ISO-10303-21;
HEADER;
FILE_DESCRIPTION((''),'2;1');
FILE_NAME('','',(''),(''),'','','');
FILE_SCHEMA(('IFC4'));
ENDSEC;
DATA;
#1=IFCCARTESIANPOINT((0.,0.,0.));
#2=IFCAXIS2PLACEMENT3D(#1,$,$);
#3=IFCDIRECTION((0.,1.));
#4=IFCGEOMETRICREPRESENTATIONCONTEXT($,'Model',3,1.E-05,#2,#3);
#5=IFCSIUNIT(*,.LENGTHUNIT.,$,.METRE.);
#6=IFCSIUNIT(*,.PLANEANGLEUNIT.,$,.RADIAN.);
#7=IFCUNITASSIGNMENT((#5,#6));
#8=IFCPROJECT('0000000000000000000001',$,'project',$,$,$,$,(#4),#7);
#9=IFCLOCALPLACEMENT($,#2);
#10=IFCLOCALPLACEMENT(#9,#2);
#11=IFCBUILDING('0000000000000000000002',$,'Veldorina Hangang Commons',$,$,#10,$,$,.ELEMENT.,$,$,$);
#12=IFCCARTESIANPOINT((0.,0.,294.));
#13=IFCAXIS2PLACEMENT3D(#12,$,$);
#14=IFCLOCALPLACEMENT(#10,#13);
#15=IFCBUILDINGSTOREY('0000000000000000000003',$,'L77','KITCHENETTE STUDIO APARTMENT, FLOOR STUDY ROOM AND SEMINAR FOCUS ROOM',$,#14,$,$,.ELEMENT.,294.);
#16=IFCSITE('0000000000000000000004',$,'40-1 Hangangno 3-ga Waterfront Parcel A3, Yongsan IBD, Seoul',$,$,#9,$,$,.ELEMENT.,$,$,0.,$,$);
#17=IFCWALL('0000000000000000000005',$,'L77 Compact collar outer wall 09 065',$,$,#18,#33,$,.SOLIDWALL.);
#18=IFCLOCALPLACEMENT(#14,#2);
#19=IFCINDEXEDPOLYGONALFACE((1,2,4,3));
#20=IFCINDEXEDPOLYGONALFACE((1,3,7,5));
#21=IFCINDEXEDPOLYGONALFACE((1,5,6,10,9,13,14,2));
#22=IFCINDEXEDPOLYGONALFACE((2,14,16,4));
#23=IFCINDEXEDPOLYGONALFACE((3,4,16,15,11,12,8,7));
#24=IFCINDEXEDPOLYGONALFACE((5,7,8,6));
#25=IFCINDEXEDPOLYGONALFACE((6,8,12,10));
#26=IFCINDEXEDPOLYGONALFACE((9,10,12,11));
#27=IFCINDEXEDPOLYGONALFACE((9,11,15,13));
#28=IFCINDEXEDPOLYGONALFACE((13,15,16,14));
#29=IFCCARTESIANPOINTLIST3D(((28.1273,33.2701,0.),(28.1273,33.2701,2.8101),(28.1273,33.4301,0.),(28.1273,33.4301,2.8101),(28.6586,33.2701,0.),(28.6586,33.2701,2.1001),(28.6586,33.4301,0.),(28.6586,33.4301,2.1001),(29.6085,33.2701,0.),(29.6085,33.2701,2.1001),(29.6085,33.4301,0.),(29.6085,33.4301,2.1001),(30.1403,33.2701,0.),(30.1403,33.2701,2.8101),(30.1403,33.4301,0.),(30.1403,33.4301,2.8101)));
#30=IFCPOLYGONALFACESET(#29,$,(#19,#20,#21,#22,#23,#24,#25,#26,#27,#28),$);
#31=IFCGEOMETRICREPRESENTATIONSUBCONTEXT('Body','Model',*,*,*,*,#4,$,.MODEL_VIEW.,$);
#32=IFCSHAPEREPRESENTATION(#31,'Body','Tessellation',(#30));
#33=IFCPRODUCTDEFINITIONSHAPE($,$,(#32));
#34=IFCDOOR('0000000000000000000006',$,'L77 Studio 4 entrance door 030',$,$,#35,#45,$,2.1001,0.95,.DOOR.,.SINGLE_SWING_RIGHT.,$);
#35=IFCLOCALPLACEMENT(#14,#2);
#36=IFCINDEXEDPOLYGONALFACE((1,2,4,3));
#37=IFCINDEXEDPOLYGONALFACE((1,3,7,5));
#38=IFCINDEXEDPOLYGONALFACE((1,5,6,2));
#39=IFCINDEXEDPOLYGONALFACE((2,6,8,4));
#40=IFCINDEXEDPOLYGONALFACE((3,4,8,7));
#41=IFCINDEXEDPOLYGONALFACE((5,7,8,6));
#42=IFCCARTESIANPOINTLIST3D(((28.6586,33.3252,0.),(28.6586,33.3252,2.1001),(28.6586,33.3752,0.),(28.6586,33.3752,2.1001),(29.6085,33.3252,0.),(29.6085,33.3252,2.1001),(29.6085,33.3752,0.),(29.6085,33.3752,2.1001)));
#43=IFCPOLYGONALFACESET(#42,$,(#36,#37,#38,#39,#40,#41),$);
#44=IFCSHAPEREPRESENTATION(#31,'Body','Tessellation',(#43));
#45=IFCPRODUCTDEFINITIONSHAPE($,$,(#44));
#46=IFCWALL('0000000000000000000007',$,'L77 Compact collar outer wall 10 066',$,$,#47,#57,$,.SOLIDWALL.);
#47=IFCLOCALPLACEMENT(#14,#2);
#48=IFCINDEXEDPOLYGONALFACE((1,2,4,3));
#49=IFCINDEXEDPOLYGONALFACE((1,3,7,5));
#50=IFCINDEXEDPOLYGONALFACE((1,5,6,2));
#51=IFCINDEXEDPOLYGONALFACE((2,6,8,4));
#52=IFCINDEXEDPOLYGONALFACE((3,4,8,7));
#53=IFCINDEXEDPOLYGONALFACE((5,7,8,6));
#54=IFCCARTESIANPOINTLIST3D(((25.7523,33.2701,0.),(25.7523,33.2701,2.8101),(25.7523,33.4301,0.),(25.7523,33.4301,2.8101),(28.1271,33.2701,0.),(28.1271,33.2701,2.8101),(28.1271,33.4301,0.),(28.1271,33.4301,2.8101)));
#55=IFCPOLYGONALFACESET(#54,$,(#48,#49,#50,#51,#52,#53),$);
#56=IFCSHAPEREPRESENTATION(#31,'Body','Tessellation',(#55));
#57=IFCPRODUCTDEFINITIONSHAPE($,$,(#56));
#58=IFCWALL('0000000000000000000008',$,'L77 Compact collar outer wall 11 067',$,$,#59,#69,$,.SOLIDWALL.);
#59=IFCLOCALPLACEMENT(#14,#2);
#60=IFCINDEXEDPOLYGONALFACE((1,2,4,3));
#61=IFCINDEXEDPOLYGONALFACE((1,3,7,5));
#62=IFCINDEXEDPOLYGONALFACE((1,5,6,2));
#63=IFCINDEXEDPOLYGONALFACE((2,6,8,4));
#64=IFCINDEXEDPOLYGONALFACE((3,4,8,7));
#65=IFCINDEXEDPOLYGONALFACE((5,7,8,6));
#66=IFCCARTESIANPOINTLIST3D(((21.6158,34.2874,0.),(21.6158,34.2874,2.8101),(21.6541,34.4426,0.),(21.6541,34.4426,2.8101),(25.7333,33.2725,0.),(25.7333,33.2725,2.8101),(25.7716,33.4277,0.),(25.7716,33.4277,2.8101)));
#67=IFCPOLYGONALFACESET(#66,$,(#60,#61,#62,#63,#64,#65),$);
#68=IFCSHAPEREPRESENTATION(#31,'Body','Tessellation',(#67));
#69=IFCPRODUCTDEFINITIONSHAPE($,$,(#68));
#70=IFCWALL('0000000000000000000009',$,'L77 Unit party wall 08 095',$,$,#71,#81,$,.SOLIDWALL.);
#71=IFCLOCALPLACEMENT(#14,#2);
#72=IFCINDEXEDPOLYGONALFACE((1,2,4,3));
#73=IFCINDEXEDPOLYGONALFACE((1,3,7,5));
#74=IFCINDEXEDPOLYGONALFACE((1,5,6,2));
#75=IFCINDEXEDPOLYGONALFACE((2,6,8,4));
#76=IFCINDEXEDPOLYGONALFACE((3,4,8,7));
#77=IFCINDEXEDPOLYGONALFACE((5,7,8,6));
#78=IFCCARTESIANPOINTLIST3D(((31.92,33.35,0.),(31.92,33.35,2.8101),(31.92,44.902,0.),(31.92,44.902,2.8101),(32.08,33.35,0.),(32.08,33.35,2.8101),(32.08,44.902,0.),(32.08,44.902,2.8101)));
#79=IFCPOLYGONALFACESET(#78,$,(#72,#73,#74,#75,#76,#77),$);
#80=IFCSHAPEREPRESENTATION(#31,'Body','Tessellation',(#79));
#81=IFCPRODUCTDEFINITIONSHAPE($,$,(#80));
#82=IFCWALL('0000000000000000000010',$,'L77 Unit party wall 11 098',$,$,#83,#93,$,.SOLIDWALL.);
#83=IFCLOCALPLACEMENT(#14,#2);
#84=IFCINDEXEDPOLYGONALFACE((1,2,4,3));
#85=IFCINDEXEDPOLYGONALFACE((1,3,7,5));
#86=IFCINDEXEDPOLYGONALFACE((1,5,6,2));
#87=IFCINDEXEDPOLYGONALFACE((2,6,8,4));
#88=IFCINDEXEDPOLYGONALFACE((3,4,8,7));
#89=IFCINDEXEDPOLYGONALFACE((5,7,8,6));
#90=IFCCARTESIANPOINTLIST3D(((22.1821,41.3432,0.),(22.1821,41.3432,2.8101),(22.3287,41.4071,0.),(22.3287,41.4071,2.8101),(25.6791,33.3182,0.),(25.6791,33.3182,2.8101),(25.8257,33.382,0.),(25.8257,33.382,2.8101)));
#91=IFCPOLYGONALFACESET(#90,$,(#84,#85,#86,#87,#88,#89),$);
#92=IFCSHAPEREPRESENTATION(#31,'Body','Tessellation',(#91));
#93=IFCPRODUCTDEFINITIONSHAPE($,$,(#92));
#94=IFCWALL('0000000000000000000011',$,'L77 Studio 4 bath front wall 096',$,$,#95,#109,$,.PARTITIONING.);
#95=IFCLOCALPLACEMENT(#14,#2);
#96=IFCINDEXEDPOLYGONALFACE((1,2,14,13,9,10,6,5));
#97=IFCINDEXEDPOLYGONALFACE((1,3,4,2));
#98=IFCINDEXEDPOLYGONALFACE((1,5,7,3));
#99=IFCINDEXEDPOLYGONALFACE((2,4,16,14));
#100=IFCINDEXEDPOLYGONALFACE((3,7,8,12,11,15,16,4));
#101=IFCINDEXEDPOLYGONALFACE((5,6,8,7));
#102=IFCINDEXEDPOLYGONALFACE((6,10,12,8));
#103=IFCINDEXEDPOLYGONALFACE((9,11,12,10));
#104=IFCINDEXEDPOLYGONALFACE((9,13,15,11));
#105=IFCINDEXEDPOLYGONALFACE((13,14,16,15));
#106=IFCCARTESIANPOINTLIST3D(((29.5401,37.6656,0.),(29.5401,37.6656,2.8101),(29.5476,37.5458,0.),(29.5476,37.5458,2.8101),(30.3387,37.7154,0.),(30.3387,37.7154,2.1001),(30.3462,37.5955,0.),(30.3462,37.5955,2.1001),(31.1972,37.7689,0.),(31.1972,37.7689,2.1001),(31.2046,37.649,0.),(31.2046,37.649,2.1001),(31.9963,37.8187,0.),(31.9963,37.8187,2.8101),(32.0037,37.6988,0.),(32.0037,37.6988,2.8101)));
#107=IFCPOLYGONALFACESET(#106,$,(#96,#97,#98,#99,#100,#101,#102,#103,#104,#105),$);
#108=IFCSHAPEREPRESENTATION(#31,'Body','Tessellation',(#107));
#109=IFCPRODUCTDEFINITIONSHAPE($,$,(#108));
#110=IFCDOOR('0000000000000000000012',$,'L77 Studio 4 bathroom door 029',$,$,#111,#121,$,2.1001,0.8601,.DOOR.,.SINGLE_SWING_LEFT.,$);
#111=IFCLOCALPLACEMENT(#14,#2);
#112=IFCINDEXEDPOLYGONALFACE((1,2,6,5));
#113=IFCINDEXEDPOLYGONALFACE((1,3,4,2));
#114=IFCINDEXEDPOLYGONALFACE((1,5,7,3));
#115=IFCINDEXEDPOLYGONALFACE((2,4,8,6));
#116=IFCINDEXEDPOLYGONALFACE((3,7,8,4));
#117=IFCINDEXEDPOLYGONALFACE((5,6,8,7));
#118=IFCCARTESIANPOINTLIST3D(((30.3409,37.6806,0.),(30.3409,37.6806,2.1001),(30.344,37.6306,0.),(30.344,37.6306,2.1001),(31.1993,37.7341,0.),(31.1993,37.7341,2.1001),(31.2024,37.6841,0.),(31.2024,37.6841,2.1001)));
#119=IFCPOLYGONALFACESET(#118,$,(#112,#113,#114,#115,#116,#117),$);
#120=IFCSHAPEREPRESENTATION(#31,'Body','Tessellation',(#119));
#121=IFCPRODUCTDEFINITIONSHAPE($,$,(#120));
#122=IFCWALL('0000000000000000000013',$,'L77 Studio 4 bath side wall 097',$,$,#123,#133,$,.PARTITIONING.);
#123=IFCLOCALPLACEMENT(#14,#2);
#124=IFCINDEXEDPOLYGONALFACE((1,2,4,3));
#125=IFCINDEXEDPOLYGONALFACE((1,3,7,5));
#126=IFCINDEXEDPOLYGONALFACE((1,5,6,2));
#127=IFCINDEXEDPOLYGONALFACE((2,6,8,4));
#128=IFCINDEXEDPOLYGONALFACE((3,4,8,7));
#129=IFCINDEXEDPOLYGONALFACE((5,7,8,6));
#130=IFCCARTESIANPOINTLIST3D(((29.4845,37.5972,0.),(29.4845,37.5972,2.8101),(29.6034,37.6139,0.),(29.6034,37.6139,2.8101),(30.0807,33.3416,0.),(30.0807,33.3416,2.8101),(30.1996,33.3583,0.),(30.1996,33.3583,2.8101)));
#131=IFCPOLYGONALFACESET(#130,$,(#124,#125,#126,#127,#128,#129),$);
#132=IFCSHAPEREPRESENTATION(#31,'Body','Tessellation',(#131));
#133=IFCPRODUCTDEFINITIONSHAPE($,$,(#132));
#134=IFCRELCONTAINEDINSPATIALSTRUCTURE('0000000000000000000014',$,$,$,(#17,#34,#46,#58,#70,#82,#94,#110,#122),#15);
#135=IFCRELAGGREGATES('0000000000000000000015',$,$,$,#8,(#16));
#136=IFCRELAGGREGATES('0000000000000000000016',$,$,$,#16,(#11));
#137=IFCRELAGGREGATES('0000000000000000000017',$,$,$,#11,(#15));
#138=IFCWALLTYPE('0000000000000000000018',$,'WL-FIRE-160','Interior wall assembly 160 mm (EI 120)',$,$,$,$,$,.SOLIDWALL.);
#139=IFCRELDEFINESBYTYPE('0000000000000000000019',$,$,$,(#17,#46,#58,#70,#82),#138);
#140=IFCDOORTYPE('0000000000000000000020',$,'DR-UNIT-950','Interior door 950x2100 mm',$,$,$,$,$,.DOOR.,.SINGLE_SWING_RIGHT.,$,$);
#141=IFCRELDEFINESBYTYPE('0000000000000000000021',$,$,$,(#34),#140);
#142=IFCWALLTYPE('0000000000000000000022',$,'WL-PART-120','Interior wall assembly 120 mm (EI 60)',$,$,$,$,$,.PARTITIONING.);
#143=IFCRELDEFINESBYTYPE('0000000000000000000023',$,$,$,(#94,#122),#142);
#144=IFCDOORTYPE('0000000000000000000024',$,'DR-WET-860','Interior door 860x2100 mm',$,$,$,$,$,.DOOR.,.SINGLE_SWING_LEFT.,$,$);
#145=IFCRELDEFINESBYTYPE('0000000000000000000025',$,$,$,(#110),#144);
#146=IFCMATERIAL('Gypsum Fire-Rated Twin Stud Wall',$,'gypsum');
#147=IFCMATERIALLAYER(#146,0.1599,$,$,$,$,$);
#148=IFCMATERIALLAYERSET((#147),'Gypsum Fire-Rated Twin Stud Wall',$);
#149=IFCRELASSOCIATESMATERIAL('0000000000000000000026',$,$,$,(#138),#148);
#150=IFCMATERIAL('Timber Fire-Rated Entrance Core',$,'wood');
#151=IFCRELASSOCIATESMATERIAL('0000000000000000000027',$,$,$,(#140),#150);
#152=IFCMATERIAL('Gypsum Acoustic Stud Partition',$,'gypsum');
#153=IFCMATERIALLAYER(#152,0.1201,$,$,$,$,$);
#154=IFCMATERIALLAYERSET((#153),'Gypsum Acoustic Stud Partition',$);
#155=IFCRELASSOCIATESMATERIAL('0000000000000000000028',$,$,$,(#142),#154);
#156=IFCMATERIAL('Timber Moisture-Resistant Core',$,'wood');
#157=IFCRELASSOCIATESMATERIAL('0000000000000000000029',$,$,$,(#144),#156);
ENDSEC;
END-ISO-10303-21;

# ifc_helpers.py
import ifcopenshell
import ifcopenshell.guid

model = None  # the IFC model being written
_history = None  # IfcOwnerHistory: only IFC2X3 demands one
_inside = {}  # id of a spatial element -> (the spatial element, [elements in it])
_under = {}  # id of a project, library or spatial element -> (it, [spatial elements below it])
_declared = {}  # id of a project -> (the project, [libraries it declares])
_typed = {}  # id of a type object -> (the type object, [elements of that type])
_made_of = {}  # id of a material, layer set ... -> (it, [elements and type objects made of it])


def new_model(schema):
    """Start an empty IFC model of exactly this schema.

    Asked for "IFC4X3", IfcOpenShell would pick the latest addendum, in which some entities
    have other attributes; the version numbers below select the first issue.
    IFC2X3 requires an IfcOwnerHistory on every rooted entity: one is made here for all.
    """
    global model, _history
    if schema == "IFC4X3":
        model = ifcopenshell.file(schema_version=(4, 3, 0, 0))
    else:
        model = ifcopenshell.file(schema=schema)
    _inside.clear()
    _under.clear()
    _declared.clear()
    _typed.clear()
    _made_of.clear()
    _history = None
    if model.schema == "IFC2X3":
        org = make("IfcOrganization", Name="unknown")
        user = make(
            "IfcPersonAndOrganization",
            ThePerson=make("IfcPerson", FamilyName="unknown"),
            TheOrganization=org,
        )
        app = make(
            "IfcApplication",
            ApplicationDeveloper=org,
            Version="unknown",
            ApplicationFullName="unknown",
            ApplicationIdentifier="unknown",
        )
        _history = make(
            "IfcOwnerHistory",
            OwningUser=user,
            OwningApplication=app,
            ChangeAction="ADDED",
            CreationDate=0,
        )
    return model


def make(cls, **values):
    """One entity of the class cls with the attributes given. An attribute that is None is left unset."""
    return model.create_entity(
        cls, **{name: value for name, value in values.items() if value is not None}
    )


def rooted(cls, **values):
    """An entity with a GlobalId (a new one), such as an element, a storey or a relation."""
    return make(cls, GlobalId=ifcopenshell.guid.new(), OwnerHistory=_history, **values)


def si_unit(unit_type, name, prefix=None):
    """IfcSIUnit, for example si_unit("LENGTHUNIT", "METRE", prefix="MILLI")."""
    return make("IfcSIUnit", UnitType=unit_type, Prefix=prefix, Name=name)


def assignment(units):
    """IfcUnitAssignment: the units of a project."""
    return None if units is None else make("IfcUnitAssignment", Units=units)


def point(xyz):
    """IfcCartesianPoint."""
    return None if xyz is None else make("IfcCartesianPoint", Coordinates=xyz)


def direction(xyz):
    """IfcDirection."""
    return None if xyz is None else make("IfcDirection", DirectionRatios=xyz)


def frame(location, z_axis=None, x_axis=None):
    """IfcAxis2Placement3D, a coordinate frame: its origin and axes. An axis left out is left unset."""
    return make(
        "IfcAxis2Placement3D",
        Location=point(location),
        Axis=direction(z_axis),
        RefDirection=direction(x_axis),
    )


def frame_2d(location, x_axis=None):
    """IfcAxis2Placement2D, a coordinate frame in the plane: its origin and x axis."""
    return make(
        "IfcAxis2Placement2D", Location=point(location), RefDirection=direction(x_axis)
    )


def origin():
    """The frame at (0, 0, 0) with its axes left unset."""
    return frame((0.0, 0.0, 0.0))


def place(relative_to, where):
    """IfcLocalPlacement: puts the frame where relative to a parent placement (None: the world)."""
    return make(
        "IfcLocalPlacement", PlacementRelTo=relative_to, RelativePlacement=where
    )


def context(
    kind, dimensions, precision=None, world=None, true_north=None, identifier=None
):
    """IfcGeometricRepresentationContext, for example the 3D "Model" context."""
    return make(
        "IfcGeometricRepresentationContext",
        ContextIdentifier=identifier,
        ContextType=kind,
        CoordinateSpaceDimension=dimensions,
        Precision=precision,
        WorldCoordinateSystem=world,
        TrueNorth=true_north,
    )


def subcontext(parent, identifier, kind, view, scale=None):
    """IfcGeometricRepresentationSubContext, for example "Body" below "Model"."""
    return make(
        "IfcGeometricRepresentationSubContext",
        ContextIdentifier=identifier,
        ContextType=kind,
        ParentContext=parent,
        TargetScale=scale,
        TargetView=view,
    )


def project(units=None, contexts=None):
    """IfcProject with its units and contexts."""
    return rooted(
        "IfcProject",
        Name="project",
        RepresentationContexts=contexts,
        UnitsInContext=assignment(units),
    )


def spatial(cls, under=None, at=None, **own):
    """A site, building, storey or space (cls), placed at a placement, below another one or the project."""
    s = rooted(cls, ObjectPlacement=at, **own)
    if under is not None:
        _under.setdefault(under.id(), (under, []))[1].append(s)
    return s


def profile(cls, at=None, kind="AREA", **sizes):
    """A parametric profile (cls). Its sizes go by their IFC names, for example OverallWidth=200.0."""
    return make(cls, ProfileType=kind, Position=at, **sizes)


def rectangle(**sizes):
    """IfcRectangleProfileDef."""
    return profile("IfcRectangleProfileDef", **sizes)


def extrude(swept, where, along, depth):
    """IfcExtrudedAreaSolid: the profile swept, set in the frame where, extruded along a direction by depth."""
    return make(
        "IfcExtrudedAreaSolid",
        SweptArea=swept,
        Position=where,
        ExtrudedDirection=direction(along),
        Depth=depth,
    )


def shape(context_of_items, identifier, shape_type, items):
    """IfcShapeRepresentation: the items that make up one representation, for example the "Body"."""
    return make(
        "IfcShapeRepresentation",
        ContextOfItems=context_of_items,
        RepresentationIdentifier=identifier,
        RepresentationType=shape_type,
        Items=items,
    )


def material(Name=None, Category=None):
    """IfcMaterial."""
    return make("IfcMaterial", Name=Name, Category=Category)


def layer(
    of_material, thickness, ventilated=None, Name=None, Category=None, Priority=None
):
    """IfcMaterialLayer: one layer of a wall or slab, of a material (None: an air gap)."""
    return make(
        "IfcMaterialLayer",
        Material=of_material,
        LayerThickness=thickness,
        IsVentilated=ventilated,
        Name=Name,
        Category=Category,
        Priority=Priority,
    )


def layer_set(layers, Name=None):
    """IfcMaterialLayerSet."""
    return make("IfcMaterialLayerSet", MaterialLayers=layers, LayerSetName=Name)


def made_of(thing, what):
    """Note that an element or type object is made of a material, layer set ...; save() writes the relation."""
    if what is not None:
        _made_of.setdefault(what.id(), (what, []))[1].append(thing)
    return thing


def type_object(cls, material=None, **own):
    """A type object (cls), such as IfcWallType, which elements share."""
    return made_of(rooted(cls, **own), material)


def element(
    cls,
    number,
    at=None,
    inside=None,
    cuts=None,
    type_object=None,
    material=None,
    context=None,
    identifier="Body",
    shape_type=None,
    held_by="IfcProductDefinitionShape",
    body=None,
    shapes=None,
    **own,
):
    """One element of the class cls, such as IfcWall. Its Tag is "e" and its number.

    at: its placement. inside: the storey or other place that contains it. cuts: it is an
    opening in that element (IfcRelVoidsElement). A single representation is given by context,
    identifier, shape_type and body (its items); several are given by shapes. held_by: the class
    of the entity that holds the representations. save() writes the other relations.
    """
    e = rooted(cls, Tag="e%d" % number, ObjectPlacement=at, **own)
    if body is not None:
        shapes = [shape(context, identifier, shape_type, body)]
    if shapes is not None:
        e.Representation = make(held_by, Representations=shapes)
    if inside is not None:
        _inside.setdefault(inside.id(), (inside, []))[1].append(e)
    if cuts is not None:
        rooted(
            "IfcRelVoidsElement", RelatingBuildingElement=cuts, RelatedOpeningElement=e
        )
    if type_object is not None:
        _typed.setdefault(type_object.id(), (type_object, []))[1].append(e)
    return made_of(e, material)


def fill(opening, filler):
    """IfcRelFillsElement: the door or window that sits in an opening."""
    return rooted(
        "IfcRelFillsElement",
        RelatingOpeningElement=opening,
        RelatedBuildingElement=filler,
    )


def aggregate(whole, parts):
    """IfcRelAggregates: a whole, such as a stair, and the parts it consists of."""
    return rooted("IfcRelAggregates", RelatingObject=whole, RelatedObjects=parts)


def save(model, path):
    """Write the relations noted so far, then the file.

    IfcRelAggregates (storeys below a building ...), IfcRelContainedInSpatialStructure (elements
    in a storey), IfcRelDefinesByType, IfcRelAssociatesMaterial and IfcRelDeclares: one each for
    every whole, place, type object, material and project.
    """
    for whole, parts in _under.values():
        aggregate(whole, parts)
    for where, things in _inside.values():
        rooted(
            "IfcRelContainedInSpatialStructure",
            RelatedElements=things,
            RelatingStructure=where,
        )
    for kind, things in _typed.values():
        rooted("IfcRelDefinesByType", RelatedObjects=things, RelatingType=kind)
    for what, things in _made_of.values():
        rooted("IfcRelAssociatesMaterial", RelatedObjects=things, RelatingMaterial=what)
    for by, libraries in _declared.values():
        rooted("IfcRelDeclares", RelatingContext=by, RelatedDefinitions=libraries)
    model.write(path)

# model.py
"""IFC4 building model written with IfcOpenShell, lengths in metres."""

from ifc_helpers import new_model, si_unit, direction, frame, frame_2d, origin, place, context, subcontext, project, spatial, rectangle, extrude, material, layer, layer_set, type_object, element, fill, save


model = new_model("IFC4")

# Units and contexts
model_context = context("Model", 3, precision=1e-05, world=origin(), true_north=direction((0.0, 1.0)))
body_context = subcontext(model_context, "Body", "Model", "MODEL_VIEW")
ifc_project = project(units=[si_unit("LENGTHUNIT", "METRE"), si_unit("PLANEANGLEUNIT", "RADIAN")], contexts=[model_context])

# Site, building, storey
site_placement = place(None, origin())
site = spatial("IfcSite", under=ifc_project, at=site_placement, Name="40-1 Hangangno 3-ga Waterfront Parcel A3, Yongsan IBD, Seoul", CompositionType="ELEMENT", RefElevation=0.0)
building_placement = place(site_placement, origin())
building = spatial("IfcBuilding", under=site, at=building_placement, Name="Veldorina Hangang Commons", CompositionType="ELEMENT")
storey_placement = place(building_placement, frame((0.0, 0.0, 294.0)))
storey = spatial("IfcBuildingStorey", under=building, at=storey_placement, Name="L77", Description="KITCHENETTE STUDIO APARTMENT, FLOOR STUDY ROOM AND SEMINAR FOCUS ROOM", CompositionType="ELEMENT", Elevation=294.0)

# Shared definitions
ifc_material_1 = material(Name="Gypsum Fire-Rated Twin Stud Wall", Category="gypsum")
ifc_layer_1 = layer(ifc_material_1, 0.1599)
ifc_layer_set_1 = layer_set([ifc_layer_1], Name="Gypsum Fire-Rated Twin Stud Wall")
wall_type_1 = type_object("IfcWallType", Name="WL-FIRE-160", Description="Interior wall assembly 160 mm (EI 120)", PredefinedType="SOLIDWALL", material=ifc_layer_set_1)

# Wall, opening, door
wall_1_placement = place(storey_placement, frame((30.1401, 33.3501, 0.0), z_axis=(0.0, 0.0, 1.0), x_axis=(-1.0, 0.0, 0.0)))
wall_1 = element("IfcWall", 1, at=wall_1_placement, inside=storey, type_object=wall_type_1, Name="L77 Compact collar outer wall 09 065", PredefinedType="SOLIDWALL", context=body_context, shape_type="SweptSolid", body=[
    extrude(rectangle(XDim=2.0129, YDim=0.1599, at=frame_2d((1.0063, 0.0))), origin(), (0.0, 0.0, 1.0), 2.8101),
])
opening_1_placement = place(wall_1_placement, frame((0.5315, 0.0, 0.0)))
opening_1 = element("IfcOpeningElement", 2, at=opening_1_placement, cuts=wall_1, PredefinedType="OPENING", context=body_context, shape_type="SweptSolid", body=[
    extrude(rectangle(XDim=0.95, YDim=2.1001, at=frame_2d((0.4751, 1.05))), frame((0.0, 0.0898, 0.0), z_axis=(0.0, -1.0, 0.0), x_axis=(1.0, 0.0, 0.0)), (0.0, 0.0, 1.0), 0.1799),
])
ifc_material_2 = material(Name="Timber Fire-Rated Entrance Core", Category="wood")
door_type_1 = type_object("IfcDoorType", Name="DR-UNIT-950", Description="Interior door 950x2100 mm", OperationType="SINGLE_SWING_RIGHT", PredefinedType="DOOR", material=ifc_material_2)
door_1_placement = place(opening_1_placement, origin())
door_1 = element("IfcDoor", 3, at=door_1_placement, inside=storey, type_object=door_type_1, Name="L77 Studio 4 entrance door 030", OperationType="SINGLE_SWING_RIGHT", OverallHeight=2.1001, OverallWidth=0.95, PredefinedType="DOOR", context=body_context, shape_type="SweptSolid", body=[
    extrude(rectangle(XDim=0.95, YDim=2.1001, at=frame_2d((0.4751, 1.05))), frame((0.0, 0.0249, 0.0), z_axis=(0.0, -1.0, 0.0), x_axis=(1.0, 0.0, 0.0)), (0.0, 0.0, 1.0), 0.05),
])
fill(opening_1, door_1)

# Walls
wall_2_placement = place(storey_placement, frame((28.1272, 33.3501, 0.0), z_axis=(0.0, 0.0, 1.0), x_axis=(-1.0, 0.0, 0.0)))
element("IfcWall", 4, at=wall_2_placement, inside=storey, type_object=wall_type_1, Name="L77 Compact collar outer wall 10 066", PredefinedType="SOLIDWALL", context=body_context, shape_type="SweptSolid", body=[
    extrude(rectangle(XDim=2.3748, YDim=0.1599, at=frame_2d((1.1875, 0.0))), origin(), (0.0, 0.0, 1.0), 2.8101),
])
wall_3_placement = place(storey_placement, frame((25.7524, 33.3501, 0.0), z_axis=(0.0, 0.0, 1.0), x_axis=(-0.97094, 0.239324, 0.0)))
element("IfcWall", 5, at=wall_3_placement, inside=storey, type_object=wall_type_1, Name="L77 Compact collar outer wall 11 067", PredefinedType="SOLIDWALL", context=body_context, shape_type="SweptSolid", body=[
    extrude(rectangle(XDim=4.2407, YDim=0.1599, at=frame_2d((2.1204, 0.0))), origin(), (0.0, 0.0, 1.0), 2.8101),
])
wall_4_placement = place(storey_placement, frame((32.0, 33.3501, 0.0), z_axis=(0.0, 0.0, 1.0), x_axis=(0.0, 1.0, 0.0)))
element("IfcWall", 6, at=wall_4_placement, inside=storey, type_object=wall_type_1, Name="L77 Unit party wall 08 095", PredefinedType="SOLIDWALL", context=body_context, shape_type="SweptSolid", body=[
    extrude(rectangle(XDim=11.552, YDim=0.1599, at=frame_2d((5.7759, 0.0))), origin(), (0.0, 0.0, 1.0), 2.8101),
])
wall_5_placement = place(storey_placement, frame((25.7524, 33.3501, 0.0), z_axis=(0.0, 0.0, 1.0), x_axis=(-0.399483, 0.916741, 0.0)))
element("IfcWall", 7, at=wall_5_placement, inside=storey, type_object=wall_type_1, Name="L77 Unit party wall 11 098", PredefinedType="SOLIDWALL", context=body_context, shape_type="SweptSolid", body=[
    extrude(rectangle(XDim=8.7539, YDim=0.1599, at=frame_2d((4.377, 0.0))), origin(), (0.0, 0.0, 1.0), 2.8101),
])

# Wall, opening, door
ifc_material_3 = material(Name="Gypsum Acoustic Stud Partition", Category="gypsum")
ifc_layer_2 = layer(ifc_material_3, 0.1201)
ifc_layer_set_2 = layer_set([ifc_layer_2], Name="Gypsum Acoustic Stud Partition")
wall_type_2 = type_object("IfcWallType", Name="WL-PART-120", Description="Interior wall assembly 120 mm (EI 60)", PredefinedType="PARTITIONING", material=ifc_layer_set_2)
wall_6_placement = place(storey_placement, frame((32.0, 37.7588, 0.0), z_axis=(0.0, 0.0, 1.0), x_axis=(-0.998063, -0.062205, 0.0)))
wall_6 = element("IfcWall", 8, at=wall_6_placement, inside=storey, type_object=wall_type_2, Name="L77 Studio 4 bath front wall 096", PredefinedType="PARTITIONING", context=body_context, shape_type="SweptSolid", body=[
    extrude(rectangle(XDim=2.4609, YDim=0.1201, at=frame_2d((1.2305, 0.0))), origin(), (0.0, 0.0, 1.0), 2.8101),
])
opening_2_placement = place(wall_6_placement, frame((0.8005, 0.0, 0.0)))
opening_2 = element("IfcOpeningElement", 9, at=opening_2_placement, cuts=wall_6, PredefinedType="OPENING", context=body_context, shape_type="SweptSolid", body=[
    extrude(rectangle(XDim=0.8601, YDim=2.1001, at=frame_2d((0.4302, 1.05))), frame((0.0, 0.0701, 0.0), z_axis=(0.0, -1.0, 0.0), x_axis=(1.0, 0.0, 0.0)), (0.0, 0.0, 1.0), 0.1401),
])
ifc_material_4 = material(Name="Timber Moisture-Resistant Core", Category="wood")
door_type_2 = type_object("IfcDoorType", Name="DR-WET-860", Description="Interior door 860x2100 mm", OperationType="SINGLE_SWING_LEFT", PredefinedType="DOOR", material=ifc_material_4)
door_2_placement = place(opening_2_placement, origin())
door_2 = element("IfcDoor", 10, at=door_2_placement, inside=storey, type_object=door_type_2, Name="L77 Studio 4 bathroom door 029", OperationType="SINGLE_SWING_LEFT", OverallHeight=2.1001, OverallWidth=0.8601, PredefinedType="DOOR", context=body_context, shape_type="SweptSolid", body=[
    extrude(rectangle(XDim=0.8601, YDim=2.1001, at=frame_2d((0.4302, 1.05))), frame((0.0, 0.0249, 0.0), z_axis=(0.0, -1.0, 0.0), x_axis=(1.0, 0.0, 0.0)), (0.0, 0.0, 1.0), 0.05),
])
fill(opening_2, door_2)

# Wall
wall_7_placement = place(storey_placement, frame((30.1401, 33.3501, 0.0), z_axis=(0.0, 0.0, 1.0), x_axis=(-0.13874, 0.990329, 0.0)))
element("IfcWall", 11, at=wall_7_placement, inside=storey, type_object=wall_type_2, Name="L77 Studio 4 bath side wall 097", PredefinedType="PARTITIONING", context=body_context, shape_type="SweptSolid", body=[
    extrude(rectangle(XDim=4.2971, YDim=0.1201, at=frame_2d((2.1484, 0.0))), origin(), (0.0, 0.0, 1.0), 2.8101),
])

save(model, "model.ifc")
